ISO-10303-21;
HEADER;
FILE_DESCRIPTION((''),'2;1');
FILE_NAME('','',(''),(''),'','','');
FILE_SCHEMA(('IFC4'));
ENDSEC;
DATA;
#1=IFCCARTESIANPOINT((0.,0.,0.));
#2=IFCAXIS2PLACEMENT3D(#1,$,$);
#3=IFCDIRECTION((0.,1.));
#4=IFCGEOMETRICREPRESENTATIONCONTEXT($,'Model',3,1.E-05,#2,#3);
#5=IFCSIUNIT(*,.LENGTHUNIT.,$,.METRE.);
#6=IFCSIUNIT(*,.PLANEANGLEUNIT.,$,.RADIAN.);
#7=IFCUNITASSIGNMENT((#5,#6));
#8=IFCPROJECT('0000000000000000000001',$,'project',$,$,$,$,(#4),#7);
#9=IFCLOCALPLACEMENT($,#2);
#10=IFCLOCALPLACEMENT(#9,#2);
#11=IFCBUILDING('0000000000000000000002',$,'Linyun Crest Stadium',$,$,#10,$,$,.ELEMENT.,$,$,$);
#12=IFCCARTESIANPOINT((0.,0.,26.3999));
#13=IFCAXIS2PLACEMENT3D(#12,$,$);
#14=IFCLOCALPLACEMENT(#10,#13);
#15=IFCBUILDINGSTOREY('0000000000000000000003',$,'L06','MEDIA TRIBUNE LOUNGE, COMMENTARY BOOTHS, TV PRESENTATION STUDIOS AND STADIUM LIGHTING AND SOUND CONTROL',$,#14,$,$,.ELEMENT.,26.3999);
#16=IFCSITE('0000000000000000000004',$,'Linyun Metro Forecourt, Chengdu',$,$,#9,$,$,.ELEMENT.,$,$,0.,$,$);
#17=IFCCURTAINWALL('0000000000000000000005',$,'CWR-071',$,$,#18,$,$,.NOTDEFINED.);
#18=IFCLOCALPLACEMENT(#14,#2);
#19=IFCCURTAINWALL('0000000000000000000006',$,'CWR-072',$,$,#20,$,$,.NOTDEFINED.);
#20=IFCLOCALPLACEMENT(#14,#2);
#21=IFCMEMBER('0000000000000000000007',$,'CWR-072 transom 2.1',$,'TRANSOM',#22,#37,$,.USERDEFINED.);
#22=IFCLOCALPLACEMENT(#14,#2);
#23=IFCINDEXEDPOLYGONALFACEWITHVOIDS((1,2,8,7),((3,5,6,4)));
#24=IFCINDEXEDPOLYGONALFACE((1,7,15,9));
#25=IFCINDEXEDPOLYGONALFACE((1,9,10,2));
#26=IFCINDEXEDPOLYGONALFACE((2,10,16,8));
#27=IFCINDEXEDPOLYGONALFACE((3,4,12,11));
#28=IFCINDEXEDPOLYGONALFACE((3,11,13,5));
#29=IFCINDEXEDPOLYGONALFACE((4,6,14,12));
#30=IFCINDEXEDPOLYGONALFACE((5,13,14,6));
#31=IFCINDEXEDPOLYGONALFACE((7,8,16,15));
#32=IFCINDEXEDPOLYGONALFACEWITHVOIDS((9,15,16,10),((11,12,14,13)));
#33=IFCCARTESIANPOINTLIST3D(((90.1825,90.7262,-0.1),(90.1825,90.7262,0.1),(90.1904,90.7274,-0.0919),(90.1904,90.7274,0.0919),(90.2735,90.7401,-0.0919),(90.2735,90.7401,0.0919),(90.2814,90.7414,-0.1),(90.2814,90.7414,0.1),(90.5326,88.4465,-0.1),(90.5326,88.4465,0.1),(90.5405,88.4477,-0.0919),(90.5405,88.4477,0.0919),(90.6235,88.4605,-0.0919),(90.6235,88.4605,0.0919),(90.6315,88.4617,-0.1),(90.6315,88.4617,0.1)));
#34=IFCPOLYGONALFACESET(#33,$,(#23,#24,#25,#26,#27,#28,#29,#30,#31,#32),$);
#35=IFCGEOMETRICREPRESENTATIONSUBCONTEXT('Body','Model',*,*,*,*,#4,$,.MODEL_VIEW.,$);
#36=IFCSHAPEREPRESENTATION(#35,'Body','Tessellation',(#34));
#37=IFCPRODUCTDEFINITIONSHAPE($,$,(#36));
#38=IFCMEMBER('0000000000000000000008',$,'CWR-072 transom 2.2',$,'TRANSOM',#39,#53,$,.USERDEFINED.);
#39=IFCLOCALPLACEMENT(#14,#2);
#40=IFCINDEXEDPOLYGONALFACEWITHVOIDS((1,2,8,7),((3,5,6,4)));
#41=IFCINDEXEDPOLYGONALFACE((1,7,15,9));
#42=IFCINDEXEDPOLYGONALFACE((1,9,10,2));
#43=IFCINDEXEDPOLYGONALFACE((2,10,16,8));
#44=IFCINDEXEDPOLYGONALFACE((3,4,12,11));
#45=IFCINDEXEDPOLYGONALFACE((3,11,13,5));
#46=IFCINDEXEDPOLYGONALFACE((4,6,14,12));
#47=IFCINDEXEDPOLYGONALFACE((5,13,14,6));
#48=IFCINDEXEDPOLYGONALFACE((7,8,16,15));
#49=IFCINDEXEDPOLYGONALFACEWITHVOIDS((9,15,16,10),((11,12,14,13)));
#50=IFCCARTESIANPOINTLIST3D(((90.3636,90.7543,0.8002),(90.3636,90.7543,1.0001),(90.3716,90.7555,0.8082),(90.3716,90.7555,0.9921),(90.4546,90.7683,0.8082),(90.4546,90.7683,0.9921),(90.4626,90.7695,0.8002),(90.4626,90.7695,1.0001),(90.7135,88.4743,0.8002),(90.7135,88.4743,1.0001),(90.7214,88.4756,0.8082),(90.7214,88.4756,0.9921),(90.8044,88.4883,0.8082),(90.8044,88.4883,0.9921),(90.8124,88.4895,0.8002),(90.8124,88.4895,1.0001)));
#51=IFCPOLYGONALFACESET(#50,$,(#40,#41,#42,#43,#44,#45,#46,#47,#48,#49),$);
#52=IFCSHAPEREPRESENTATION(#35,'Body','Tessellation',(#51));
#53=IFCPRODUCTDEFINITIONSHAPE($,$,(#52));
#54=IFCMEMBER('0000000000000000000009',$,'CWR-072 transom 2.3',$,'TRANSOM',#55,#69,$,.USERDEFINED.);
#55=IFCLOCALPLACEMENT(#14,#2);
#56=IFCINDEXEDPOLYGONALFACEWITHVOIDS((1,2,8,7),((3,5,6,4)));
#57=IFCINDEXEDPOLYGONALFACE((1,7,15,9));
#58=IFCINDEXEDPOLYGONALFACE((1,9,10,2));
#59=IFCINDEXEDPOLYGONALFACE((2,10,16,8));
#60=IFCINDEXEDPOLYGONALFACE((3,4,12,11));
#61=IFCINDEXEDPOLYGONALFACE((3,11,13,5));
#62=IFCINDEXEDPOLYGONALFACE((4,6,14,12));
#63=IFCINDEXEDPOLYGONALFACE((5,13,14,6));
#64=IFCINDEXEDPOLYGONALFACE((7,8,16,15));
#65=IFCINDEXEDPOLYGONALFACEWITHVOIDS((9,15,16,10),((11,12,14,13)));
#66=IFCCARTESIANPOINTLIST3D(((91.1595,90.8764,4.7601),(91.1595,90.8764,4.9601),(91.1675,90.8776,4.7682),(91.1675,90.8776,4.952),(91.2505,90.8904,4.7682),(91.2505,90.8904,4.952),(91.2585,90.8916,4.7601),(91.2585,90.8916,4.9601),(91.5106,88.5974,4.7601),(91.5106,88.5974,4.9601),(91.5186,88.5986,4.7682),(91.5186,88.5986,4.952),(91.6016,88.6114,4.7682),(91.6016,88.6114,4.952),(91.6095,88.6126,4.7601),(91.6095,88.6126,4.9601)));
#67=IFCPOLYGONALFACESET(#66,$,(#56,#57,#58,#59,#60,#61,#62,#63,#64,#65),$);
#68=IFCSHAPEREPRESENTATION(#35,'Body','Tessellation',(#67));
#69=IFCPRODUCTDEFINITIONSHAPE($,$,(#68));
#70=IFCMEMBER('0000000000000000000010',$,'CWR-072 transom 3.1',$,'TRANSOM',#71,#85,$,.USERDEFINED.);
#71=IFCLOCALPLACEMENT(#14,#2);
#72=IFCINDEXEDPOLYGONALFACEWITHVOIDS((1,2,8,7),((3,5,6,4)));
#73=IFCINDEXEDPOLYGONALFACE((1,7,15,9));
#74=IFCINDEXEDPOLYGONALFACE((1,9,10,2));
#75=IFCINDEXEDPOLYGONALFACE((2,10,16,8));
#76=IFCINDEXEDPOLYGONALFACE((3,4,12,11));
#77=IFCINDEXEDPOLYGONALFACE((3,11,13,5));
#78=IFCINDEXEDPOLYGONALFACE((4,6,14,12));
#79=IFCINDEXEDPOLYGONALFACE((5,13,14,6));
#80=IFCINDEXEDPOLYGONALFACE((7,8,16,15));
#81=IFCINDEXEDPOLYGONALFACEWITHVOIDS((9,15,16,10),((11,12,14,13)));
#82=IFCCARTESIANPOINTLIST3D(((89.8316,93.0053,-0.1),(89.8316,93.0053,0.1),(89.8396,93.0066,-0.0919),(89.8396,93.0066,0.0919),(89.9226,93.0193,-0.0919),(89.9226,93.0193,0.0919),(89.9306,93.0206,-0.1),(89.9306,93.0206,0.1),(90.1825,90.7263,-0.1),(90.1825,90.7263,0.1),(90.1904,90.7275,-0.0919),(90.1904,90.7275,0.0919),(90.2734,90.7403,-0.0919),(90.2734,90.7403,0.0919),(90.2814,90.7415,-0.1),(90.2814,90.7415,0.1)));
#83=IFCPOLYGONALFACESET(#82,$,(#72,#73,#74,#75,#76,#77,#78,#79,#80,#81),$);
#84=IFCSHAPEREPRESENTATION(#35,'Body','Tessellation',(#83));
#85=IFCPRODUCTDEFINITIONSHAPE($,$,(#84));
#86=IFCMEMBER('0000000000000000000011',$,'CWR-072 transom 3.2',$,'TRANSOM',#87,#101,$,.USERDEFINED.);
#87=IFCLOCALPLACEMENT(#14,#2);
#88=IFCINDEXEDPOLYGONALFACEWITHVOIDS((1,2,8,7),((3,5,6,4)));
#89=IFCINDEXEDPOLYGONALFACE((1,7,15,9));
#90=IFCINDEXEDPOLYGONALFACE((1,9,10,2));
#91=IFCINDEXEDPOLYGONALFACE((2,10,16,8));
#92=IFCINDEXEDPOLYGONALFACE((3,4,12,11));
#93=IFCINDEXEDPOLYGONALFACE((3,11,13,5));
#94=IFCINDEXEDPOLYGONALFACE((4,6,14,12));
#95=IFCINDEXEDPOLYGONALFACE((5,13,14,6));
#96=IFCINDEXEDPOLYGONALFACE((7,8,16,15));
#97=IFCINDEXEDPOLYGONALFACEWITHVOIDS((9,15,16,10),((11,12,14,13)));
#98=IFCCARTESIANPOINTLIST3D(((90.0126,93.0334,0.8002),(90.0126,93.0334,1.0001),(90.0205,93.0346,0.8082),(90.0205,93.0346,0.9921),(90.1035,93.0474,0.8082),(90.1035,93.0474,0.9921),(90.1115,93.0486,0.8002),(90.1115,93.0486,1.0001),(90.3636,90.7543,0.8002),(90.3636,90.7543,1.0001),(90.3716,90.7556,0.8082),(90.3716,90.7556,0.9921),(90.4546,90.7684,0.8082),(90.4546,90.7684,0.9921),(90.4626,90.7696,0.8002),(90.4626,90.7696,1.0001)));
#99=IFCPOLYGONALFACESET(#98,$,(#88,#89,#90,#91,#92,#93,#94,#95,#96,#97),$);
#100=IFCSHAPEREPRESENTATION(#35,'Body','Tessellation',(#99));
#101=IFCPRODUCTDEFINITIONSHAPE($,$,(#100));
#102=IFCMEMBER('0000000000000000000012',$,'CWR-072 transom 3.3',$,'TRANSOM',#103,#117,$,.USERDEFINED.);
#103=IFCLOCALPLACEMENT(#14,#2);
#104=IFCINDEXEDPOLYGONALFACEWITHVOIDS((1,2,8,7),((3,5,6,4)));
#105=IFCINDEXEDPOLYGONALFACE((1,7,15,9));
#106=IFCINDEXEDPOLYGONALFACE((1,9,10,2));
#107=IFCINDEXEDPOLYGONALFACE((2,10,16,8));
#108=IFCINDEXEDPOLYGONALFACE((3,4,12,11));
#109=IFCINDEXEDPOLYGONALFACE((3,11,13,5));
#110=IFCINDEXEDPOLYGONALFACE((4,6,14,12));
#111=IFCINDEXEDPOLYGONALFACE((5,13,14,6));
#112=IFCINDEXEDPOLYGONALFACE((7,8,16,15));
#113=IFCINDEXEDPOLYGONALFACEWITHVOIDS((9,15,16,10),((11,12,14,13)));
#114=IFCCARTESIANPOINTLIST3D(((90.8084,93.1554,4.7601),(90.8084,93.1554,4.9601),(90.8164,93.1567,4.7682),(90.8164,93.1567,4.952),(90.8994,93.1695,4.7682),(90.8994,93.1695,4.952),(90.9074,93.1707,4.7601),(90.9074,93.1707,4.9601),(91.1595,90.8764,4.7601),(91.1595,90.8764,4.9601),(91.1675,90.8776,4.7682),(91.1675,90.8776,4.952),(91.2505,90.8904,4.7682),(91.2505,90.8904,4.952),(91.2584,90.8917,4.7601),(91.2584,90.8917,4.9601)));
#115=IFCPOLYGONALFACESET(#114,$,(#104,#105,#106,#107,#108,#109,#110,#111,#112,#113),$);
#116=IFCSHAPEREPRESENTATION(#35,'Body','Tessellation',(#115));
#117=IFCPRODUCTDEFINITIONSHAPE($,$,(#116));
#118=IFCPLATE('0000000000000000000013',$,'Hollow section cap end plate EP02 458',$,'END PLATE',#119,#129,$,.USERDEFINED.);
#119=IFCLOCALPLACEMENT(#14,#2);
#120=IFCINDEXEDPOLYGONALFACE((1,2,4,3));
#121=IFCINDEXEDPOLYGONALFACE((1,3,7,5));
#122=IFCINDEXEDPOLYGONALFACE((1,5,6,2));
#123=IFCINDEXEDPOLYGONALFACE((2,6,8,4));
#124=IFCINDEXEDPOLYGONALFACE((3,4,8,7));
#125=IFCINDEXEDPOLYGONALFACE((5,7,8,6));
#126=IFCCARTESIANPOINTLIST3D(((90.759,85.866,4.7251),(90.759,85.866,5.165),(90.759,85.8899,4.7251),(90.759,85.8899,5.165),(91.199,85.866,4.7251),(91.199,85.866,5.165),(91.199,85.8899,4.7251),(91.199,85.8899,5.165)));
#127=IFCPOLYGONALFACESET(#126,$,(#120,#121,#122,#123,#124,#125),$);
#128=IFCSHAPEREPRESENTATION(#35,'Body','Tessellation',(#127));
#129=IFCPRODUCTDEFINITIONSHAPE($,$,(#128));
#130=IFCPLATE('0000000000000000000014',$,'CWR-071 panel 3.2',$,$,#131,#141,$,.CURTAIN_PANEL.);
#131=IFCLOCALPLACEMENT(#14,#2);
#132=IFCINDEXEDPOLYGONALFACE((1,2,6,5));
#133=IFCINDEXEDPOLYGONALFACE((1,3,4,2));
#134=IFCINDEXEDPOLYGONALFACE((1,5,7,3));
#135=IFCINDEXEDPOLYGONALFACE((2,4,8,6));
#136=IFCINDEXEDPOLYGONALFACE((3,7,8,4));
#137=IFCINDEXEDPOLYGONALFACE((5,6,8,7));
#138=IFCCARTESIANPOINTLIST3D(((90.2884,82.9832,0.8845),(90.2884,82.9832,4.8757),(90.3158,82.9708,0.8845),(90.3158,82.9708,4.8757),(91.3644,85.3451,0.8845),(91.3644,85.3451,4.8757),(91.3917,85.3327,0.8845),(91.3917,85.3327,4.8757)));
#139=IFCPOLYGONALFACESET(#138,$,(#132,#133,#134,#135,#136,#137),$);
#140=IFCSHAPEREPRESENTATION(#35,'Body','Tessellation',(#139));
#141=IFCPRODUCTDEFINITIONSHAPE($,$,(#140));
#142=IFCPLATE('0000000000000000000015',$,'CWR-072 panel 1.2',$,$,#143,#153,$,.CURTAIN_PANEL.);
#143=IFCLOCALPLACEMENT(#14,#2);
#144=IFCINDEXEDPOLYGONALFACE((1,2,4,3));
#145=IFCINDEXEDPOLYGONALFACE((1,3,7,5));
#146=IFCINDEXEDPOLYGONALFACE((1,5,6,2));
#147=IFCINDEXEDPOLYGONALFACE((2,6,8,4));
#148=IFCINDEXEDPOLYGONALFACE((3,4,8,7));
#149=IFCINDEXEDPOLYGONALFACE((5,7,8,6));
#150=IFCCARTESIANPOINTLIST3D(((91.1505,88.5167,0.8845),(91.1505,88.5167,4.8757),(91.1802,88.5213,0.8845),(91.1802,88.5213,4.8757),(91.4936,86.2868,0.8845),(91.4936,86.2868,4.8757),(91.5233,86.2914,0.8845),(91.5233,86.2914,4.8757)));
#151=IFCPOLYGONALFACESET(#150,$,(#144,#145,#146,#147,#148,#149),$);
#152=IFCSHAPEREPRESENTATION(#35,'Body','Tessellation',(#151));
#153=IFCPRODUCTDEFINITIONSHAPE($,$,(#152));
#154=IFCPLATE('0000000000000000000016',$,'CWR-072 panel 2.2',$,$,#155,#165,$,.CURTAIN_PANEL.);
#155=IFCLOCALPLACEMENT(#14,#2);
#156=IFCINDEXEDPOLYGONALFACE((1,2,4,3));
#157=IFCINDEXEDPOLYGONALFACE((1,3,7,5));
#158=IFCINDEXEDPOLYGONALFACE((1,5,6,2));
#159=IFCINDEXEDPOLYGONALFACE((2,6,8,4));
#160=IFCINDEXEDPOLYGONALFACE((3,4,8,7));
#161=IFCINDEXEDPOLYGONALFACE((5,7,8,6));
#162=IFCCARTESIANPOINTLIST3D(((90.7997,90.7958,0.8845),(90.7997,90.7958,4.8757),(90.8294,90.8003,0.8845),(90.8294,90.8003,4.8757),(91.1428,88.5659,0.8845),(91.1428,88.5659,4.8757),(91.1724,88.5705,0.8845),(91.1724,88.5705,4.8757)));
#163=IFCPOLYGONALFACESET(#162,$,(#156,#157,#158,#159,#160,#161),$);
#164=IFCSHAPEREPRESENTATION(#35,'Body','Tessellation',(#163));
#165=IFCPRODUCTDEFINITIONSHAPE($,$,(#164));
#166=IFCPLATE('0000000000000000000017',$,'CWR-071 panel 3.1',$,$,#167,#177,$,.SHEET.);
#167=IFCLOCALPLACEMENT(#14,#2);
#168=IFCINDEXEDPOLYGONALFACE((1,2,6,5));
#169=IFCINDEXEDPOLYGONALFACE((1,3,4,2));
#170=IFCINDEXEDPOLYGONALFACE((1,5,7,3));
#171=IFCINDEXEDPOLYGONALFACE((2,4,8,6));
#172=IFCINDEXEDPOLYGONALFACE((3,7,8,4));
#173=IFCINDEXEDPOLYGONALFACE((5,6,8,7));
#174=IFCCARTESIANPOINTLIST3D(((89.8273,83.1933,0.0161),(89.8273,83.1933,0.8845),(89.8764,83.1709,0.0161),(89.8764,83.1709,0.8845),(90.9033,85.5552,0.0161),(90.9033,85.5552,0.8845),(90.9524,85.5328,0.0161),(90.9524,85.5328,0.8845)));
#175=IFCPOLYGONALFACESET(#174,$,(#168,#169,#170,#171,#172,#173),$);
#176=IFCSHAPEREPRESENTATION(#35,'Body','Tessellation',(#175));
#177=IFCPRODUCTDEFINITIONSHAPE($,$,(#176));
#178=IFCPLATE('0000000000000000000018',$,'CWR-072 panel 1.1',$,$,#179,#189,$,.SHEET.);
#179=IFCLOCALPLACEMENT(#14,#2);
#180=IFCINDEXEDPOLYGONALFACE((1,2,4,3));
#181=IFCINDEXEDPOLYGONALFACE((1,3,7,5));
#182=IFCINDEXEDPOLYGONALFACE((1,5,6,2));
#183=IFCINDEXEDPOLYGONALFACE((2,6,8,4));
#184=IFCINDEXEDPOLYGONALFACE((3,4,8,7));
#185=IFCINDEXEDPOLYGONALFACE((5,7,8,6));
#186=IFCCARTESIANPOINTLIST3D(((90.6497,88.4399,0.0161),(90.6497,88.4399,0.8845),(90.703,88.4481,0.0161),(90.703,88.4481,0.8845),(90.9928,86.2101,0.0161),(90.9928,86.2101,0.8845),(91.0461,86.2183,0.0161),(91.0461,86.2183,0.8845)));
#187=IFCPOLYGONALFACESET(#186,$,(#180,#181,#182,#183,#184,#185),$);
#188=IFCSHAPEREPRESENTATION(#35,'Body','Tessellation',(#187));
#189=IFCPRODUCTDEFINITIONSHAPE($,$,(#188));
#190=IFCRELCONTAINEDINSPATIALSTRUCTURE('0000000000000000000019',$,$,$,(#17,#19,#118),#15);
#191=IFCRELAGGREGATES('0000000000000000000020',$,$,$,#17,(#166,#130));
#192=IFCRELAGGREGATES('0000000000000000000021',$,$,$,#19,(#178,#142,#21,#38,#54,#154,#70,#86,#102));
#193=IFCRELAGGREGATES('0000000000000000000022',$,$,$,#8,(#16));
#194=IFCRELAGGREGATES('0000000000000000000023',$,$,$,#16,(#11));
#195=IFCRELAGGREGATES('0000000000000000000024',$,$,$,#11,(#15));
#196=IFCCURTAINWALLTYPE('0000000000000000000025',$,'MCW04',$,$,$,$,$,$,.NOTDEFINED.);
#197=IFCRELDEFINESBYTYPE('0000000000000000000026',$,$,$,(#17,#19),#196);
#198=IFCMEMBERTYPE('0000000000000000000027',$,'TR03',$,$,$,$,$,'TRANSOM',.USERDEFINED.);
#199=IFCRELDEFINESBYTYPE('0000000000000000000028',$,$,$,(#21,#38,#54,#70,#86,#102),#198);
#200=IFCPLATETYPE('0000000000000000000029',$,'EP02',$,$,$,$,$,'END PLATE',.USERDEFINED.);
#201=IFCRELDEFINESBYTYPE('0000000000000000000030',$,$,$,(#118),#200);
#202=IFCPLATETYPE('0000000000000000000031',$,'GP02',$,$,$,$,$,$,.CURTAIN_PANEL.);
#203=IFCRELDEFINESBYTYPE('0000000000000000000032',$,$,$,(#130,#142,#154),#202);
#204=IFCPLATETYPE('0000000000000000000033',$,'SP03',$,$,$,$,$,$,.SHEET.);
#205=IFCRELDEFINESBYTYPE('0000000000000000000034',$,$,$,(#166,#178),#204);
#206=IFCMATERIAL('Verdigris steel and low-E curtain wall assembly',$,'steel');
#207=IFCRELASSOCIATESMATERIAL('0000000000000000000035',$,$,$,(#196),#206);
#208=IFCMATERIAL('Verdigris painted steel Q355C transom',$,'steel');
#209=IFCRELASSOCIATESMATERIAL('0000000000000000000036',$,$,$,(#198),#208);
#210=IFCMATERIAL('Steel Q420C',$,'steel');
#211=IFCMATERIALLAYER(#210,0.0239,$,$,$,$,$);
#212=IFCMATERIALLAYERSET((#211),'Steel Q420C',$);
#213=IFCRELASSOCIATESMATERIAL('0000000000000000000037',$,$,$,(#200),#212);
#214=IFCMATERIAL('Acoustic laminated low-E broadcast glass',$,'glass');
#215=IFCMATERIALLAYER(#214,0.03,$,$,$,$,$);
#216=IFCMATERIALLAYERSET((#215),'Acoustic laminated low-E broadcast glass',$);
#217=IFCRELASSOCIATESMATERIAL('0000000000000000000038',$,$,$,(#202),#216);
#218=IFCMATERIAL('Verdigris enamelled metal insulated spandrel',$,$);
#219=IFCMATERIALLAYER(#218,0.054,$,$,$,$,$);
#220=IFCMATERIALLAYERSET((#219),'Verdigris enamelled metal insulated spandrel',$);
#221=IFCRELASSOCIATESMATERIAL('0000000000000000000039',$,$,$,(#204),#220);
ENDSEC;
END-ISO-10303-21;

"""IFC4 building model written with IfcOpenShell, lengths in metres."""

from ifc_helpers import new_model, si_unit, direction, frame, origin, origin_2d, place, context, subcontext, project, spatial, rectangle, hollow_rectangle, extrude, material, layer, layer_set, material_profile, profile_set, type_object, element, aggregate, save


model = new_model("IFC4")

# Units and contexts
model_context = context("Model", 3, precision=1e-05, world=origin(), true_north=direction((0.0, 1.0)))
body_context = subcontext(model_context, "Body", "Model", "MODEL_VIEW")
ifc_project = project(units=[si_unit("LENGTHUNIT", "METRE"), si_unit("PLANEANGLEUNIT", "RADIAN")], contexts=[model_context])

# Site, building, storey
site_placement = place(None, origin())
site = spatial("IfcSite", under=ifc_project, at=site_placement, Name="Linyun Metro Forecourt, Chengdu", CompositionType="ELEMENT", RefElevation=0.0)
building_placement = place(site_placement, origin())
building = spatial("IfcBuilding", under=site, at=building_placement, Name="Linyun Crest Stadium", CompositionType="ELEMENT")
storey_placement = place(building_placement, frame((0.0, 0.0, 26.3999)))
storey = spatial("IfcBuildingStorey", under=building, at=storey_placement, Name="L06", Description="MEDIA TRIBUNE LOUNGE, COMMENTARY BOOTHS, TV PRESENTATION STUDIOS AND STADIUM LIGHTING AND SOUND CONTROL", CompositionType="ELEMENT", Elevation=26.3999)

# Curtain wall
ifc_material_1 = material(Name="Verdigris steel and low-E curtain wall assembly", Category="steel")
curtain_wall_type = type_object("IfcCurtainWallType", Name="MCW04", PredefinedType="NOTDEFINED", material=ifc_material_1)
curtain_wall_1_placement = place(storey_placement, origin())
curtain_wall_1 = element("IfcCurtainWall", 1, at=curtain_wall_1_placement, inside=storey, type_object=curtain_wall_type, Name="CWR-071", PredefinedType="NOTDEFINED")

# Curtain wall
curtain_wall_2_placement = place(storey_placement, origin())
curtain_wall_2 = element("IfcCurtainWall", 2, at=curtain_wall_2_placement, inside=storey, type_object=curtain_wall_type, Name="CWR-072", PredefinedType="NOTDEFINED")

# Members
ifc_material_2 = material(Name="Verdigris painted steel Q355C transom", Category="steel")
ifc_material_profile_1 = material_profile(ifc_material_2, hollow_rectangle(XDim=0.1001, YDim=0.2, WallThickness=0.0081, at=origin_2d()), Name="RHS 200x100x8")
ifc_profile_set_1 = profile_set([ifc_material_profile_1], Name="Verdigris painted steel Q355C transom")
member_type_1 = type_object("IfcMemberType", Name="TR03", ElementType="TRANSOM", PredefinedType="USERDEFINED", material=ifc_profile_set_1)
member_1_placement = place(storey_placement, frame((90.582, 88.4541, 0.0), z_axis=(-0.151787, 0.988413, 0.0), x_axis=(-0.988413, -0.151787, 0.0)))
member_1 = element("IfcMember", 3, at=member_1_placement, type_object=member_type_1, Name="CWR-072 transom 2.1", ObjectType="TRANSOM", PredefinedType="USERDEFINED", context=body_context, shape_type="SweptSolid", body=[
    extrude(hollow_rectangle(XDim=0.1001, YDim=0.2, WallThickness=0.0081, at=origin_2d()), origin(), (0.0, 0.0, 1.0), 2.3064),
])
member_2_placement = place(storey_placement, frame((90.7629, 88.4819, 0.9001), z_axis=(-0.151667, 0.988432, 0.0), x_axis=(-0.988432, -0.151667, 0.0)))
member_2 = element("IfcMember", 4, at=member_2_placement, type_object=member_type_1, Name="CWR-072 transom 2.2", ObjectType="TRANSOM", PredefinedType="USERDEFINED", context=body_context, shape_type="SweptSolid", body=[
    extrude(hollow_rectangle(XDim=0.1001, YDim=0.2, WallThickness=0.0081, at=origin_2d()), origin(), (0.0, 0.0, 1.0), 2.3066),
])
member_3_placement = place(storey_placement, frame((91.5601, 88.605, 4.8601), z_axis=(-0.152248, 0.988342, 0.0), x_axis=(-0.988342, -0.152248, 0.0)))
member_3 = element("IfcMember", 5, at=member_3_placement, type_object=member_type_1, Name="CWR-072 transom 2.3", ObjectType="TRANSOM", PredefinedType="USERDEFINED", context=body_context, shape_type="SweptSolid", body=[
    extrude(hollow_rectangle(XDim=0.1001, YDim=0.2, WallThickness=0.0081, at=origin_2d()), origin(), (0.0, 0.0, 1.0), 2.3059),
])
member_4_placement = place(storey_placement, frame((90.2319, 90.7339, 0.0), z_axis=(-0.152145, 0.988358, 0.0), x_axis=(-0.988358, -0.152145, 0.0)))
member_4 = element("IfcMember", 6, at=member_4_placement, type_object=member_type_1, Name="CWR-072 transom 3.1", ObjectType="TRANSOM", PredefinedType="USERDEFINED", context=body_context, shape_type="SweptSolid", body=[
    extrude(hollow_rectangle(XDim=0.1001, YDim=0.2, WallThickness=0.0081, at=origin_2d()), origin(), (0.0, 0.0, 1.0), 2.3059),
])
member_5_placement = place(storey_placement, frame((90.4131, 90.762, 0.9001), z_axis=(-0.152248, 0.988342, 0.0), x_axis=(-0.988342, -0.152248, 0.0)))
member_5 = element("IfcMember", 7, at=member_5_placement, type_object=member_type_1, Name="CWR-072 transom 3.2", ObjectType="TRANSOM", PredefinedType="USERDEFINED", context=body_context, shape_type="SweptSolid", body=[
    extrude(hollow_rectangle(XDim=0.1001, YDim=0.2, WallThickness=0.0081, at=origin_2d()), origin(), (0.0, 0.0, 1.0), 2.3059),
])
member_6_placement = place(storey_placement, frame((91.209, 90.884, 4.8601), z_axis=(-0.152248, 0.988342, 0.0), x_axis=(-0.988342, -0.152248, 0.0)))
member_6 = element("IfcMember", 8, at=member_6_placement, type_object=member_type_1, Name="CWR-072 transom 3.3", ObjectType="TRANSOM", PredefinedType="USERDEFINED", context=body_context, shape_type="SweptSolid", body=[
    extrude(hollow_rectangle(XDim=0.1001, YDim=0.2, WallThickness=0.0081, at=origin_2d()), origin(), (0.0, 0.0, 1.0), 2.3059),
])

# Plates
ifc_material_3 = material(Name="Steel Q420C", Category="steel")
ifc_layer_1 = layer(ifc_material_3, 0.0239)
ifc_layer_set_1 = layer_set([ifc_layer_1], Name="Steel Q420C")
plate_type_1 = type_object("IfcPlateType", Name="EP02", ElementType="END PLATE", PredefinedType="USERDEFINED", material=ifc_layer_set_1)
plate_1_placement = place(storey_placement, frame((90.979, 85.8779, 4.7251), z_axis=(0.0, 0.0, 1.0), x_axis=(1.0, 0.0, 0.0)))
element("IfcPlate", 9, at=plate_1_placement, inside=storey, type_object=plate_type_1, Name="Hollow section cap end plate EP02 458", ObjectType="END PLATE", PredefinedType="USERDEFINED", context=body_context, shape_type="SweptSolid", body=[
    extrude(rectangle(XDim=0.4399, YDim=0.0239, at=origin_2d()), origin(), (0.0, 0.0, 1.0), 0.4399),
])
ifc_material_4 = material(Name="Acoustic laminated low-E broadcast glass", Category="glass")
ifc_layer_2 = layer(ifc_material_4, 0.03)
ifc_layer_set_2 = layer_set([ifc_layer_2], Name="Acoustic laminated low-E broadcast glass")
plate_type_2 = type_object("IfcPlateType", Name="GP02", PredefinedType="CURTAIN_PANEL", material=ifc_layer_set_2)
plate_2_placement = place(storey_placement, frame((90.8401, 84.158, 0.8845), z_axis=(0.0, 0.0, 1.0), x_axis=(0.414566, 0.910019, 0.0)))
plate_2 = element("IfcPlate", 10, at=plate_2_placement, type_object=plate_type_2, Name="CWR-071 panel 3.2", PredefinedType="CURTAIN_PANEL", context=body_context, shape_type="SweptSolid", body=[
    extrude(rectangle(XDim=2.5955, YDim=0.03, at=origin_2d()), origin(), (0.0, 0.0, 1.0), 3.9912),
])
plate_3_placement = place(storey_placement, frame((91.3369, 87.4041, 0.8845), z_axis=(0.0, 0.0, 1.0), x_axis=(-0.152054, 0.988372, 0.0)))
plate_3 = element("IfcPlate", 11, at=plate_3_placement, type_object=plate_type_2, Name="CWR-072 panel 1.2", PredefinedType="CURTAIN_PANEL", context=body_context, shape_type="SweptSolid", body=[
    extrude(rectangle(XDim=2.2561, YDim=0.03, at=origin_2d()), origin(), (0.0, 0.0, 1.0), 3.9912),
])
plate_4_placement = place(storey_placement, frame((90.9861, 89.6831, 0.8845), z_axis=(0.0, 0.0, 1.0), x_axis=(-0.152054, 0.988372, 0.0)))
plate_4 = element("IfcPlate", 12, at=plate_4_placement, type_object=plate_type_2, Name="CWR-072 panel 2.2", PredefinedType="CURTAIN_PANEL", context=body_context, shape_type="SweptSolid", body=[
    extrude(rectangle(XDim=2.2561, YDim=0.03, at=origin_2d()), origin(), (0.0, 0.0, 1.0), 3.9912),
])
ifc_material_5 = material(Name="Verdigris enamelled metal insulated spandrel")
ifc_layer_3 = layer(ifc_material_5, 0.054)
ifc_layer_set_3 = layer_set([ifc_layer_3], Name="Verdigris enamelled metal insulated spandrel")
plate_type_3 = type_object("IfcPlateType", Name="SP03", PredefinedType="SHEET", material=ifc_layer_set_3)
plate_5_placement = place(storey_placement, frame((90.3899, 84.363, 0.0161), z_axis=(0.0, 0.0, 1.0), x_axis=(0.414566, 0.910019, 0.0)))
plate_5 = element("IfcPlate", 13, at=plate_5_placement, type_object=plate_type_3, Name="CWR-071 panel 3.1", PredefinedType="SHEET", context=body_context, shape_type="SweptSolid", body=[
    extrude(rectangle(XDim=2.5955, YDim=0.054, at=origin_2d()), origin(), (0.0, 0.0, 1.0), 0.8684),
])
aggregate(curtain_wall_1, [plate_5, plate_2])
plate_6_placement = place(storey_placement, frame((90.8479, 87.3291, 0.0161), z_axis=(0.0, 0.0, 1.0), x_axis=(-0.152054, 0.988372, 0.0)))
plate_6 = element("IfcPlate", 14, at=plate_6_placement, type_object=plate_type_3, Name="CWR-072 panel 1.1", PredefinedType="SHEET", context=body_context, shape_type="SweptSolid", body=[
    extrude(rectangle(XDim=2.2561, YDim=0.054, at=origin_2d()), origin(), (0.0, 0.0, 1.0), 0.8684),
])
aggregate(curtain_wall_2, [plate_6, plate_3, member_1, member_2, member_3, plate_4, member_4, member_5, member_6])

save(model, "model.ifc")
